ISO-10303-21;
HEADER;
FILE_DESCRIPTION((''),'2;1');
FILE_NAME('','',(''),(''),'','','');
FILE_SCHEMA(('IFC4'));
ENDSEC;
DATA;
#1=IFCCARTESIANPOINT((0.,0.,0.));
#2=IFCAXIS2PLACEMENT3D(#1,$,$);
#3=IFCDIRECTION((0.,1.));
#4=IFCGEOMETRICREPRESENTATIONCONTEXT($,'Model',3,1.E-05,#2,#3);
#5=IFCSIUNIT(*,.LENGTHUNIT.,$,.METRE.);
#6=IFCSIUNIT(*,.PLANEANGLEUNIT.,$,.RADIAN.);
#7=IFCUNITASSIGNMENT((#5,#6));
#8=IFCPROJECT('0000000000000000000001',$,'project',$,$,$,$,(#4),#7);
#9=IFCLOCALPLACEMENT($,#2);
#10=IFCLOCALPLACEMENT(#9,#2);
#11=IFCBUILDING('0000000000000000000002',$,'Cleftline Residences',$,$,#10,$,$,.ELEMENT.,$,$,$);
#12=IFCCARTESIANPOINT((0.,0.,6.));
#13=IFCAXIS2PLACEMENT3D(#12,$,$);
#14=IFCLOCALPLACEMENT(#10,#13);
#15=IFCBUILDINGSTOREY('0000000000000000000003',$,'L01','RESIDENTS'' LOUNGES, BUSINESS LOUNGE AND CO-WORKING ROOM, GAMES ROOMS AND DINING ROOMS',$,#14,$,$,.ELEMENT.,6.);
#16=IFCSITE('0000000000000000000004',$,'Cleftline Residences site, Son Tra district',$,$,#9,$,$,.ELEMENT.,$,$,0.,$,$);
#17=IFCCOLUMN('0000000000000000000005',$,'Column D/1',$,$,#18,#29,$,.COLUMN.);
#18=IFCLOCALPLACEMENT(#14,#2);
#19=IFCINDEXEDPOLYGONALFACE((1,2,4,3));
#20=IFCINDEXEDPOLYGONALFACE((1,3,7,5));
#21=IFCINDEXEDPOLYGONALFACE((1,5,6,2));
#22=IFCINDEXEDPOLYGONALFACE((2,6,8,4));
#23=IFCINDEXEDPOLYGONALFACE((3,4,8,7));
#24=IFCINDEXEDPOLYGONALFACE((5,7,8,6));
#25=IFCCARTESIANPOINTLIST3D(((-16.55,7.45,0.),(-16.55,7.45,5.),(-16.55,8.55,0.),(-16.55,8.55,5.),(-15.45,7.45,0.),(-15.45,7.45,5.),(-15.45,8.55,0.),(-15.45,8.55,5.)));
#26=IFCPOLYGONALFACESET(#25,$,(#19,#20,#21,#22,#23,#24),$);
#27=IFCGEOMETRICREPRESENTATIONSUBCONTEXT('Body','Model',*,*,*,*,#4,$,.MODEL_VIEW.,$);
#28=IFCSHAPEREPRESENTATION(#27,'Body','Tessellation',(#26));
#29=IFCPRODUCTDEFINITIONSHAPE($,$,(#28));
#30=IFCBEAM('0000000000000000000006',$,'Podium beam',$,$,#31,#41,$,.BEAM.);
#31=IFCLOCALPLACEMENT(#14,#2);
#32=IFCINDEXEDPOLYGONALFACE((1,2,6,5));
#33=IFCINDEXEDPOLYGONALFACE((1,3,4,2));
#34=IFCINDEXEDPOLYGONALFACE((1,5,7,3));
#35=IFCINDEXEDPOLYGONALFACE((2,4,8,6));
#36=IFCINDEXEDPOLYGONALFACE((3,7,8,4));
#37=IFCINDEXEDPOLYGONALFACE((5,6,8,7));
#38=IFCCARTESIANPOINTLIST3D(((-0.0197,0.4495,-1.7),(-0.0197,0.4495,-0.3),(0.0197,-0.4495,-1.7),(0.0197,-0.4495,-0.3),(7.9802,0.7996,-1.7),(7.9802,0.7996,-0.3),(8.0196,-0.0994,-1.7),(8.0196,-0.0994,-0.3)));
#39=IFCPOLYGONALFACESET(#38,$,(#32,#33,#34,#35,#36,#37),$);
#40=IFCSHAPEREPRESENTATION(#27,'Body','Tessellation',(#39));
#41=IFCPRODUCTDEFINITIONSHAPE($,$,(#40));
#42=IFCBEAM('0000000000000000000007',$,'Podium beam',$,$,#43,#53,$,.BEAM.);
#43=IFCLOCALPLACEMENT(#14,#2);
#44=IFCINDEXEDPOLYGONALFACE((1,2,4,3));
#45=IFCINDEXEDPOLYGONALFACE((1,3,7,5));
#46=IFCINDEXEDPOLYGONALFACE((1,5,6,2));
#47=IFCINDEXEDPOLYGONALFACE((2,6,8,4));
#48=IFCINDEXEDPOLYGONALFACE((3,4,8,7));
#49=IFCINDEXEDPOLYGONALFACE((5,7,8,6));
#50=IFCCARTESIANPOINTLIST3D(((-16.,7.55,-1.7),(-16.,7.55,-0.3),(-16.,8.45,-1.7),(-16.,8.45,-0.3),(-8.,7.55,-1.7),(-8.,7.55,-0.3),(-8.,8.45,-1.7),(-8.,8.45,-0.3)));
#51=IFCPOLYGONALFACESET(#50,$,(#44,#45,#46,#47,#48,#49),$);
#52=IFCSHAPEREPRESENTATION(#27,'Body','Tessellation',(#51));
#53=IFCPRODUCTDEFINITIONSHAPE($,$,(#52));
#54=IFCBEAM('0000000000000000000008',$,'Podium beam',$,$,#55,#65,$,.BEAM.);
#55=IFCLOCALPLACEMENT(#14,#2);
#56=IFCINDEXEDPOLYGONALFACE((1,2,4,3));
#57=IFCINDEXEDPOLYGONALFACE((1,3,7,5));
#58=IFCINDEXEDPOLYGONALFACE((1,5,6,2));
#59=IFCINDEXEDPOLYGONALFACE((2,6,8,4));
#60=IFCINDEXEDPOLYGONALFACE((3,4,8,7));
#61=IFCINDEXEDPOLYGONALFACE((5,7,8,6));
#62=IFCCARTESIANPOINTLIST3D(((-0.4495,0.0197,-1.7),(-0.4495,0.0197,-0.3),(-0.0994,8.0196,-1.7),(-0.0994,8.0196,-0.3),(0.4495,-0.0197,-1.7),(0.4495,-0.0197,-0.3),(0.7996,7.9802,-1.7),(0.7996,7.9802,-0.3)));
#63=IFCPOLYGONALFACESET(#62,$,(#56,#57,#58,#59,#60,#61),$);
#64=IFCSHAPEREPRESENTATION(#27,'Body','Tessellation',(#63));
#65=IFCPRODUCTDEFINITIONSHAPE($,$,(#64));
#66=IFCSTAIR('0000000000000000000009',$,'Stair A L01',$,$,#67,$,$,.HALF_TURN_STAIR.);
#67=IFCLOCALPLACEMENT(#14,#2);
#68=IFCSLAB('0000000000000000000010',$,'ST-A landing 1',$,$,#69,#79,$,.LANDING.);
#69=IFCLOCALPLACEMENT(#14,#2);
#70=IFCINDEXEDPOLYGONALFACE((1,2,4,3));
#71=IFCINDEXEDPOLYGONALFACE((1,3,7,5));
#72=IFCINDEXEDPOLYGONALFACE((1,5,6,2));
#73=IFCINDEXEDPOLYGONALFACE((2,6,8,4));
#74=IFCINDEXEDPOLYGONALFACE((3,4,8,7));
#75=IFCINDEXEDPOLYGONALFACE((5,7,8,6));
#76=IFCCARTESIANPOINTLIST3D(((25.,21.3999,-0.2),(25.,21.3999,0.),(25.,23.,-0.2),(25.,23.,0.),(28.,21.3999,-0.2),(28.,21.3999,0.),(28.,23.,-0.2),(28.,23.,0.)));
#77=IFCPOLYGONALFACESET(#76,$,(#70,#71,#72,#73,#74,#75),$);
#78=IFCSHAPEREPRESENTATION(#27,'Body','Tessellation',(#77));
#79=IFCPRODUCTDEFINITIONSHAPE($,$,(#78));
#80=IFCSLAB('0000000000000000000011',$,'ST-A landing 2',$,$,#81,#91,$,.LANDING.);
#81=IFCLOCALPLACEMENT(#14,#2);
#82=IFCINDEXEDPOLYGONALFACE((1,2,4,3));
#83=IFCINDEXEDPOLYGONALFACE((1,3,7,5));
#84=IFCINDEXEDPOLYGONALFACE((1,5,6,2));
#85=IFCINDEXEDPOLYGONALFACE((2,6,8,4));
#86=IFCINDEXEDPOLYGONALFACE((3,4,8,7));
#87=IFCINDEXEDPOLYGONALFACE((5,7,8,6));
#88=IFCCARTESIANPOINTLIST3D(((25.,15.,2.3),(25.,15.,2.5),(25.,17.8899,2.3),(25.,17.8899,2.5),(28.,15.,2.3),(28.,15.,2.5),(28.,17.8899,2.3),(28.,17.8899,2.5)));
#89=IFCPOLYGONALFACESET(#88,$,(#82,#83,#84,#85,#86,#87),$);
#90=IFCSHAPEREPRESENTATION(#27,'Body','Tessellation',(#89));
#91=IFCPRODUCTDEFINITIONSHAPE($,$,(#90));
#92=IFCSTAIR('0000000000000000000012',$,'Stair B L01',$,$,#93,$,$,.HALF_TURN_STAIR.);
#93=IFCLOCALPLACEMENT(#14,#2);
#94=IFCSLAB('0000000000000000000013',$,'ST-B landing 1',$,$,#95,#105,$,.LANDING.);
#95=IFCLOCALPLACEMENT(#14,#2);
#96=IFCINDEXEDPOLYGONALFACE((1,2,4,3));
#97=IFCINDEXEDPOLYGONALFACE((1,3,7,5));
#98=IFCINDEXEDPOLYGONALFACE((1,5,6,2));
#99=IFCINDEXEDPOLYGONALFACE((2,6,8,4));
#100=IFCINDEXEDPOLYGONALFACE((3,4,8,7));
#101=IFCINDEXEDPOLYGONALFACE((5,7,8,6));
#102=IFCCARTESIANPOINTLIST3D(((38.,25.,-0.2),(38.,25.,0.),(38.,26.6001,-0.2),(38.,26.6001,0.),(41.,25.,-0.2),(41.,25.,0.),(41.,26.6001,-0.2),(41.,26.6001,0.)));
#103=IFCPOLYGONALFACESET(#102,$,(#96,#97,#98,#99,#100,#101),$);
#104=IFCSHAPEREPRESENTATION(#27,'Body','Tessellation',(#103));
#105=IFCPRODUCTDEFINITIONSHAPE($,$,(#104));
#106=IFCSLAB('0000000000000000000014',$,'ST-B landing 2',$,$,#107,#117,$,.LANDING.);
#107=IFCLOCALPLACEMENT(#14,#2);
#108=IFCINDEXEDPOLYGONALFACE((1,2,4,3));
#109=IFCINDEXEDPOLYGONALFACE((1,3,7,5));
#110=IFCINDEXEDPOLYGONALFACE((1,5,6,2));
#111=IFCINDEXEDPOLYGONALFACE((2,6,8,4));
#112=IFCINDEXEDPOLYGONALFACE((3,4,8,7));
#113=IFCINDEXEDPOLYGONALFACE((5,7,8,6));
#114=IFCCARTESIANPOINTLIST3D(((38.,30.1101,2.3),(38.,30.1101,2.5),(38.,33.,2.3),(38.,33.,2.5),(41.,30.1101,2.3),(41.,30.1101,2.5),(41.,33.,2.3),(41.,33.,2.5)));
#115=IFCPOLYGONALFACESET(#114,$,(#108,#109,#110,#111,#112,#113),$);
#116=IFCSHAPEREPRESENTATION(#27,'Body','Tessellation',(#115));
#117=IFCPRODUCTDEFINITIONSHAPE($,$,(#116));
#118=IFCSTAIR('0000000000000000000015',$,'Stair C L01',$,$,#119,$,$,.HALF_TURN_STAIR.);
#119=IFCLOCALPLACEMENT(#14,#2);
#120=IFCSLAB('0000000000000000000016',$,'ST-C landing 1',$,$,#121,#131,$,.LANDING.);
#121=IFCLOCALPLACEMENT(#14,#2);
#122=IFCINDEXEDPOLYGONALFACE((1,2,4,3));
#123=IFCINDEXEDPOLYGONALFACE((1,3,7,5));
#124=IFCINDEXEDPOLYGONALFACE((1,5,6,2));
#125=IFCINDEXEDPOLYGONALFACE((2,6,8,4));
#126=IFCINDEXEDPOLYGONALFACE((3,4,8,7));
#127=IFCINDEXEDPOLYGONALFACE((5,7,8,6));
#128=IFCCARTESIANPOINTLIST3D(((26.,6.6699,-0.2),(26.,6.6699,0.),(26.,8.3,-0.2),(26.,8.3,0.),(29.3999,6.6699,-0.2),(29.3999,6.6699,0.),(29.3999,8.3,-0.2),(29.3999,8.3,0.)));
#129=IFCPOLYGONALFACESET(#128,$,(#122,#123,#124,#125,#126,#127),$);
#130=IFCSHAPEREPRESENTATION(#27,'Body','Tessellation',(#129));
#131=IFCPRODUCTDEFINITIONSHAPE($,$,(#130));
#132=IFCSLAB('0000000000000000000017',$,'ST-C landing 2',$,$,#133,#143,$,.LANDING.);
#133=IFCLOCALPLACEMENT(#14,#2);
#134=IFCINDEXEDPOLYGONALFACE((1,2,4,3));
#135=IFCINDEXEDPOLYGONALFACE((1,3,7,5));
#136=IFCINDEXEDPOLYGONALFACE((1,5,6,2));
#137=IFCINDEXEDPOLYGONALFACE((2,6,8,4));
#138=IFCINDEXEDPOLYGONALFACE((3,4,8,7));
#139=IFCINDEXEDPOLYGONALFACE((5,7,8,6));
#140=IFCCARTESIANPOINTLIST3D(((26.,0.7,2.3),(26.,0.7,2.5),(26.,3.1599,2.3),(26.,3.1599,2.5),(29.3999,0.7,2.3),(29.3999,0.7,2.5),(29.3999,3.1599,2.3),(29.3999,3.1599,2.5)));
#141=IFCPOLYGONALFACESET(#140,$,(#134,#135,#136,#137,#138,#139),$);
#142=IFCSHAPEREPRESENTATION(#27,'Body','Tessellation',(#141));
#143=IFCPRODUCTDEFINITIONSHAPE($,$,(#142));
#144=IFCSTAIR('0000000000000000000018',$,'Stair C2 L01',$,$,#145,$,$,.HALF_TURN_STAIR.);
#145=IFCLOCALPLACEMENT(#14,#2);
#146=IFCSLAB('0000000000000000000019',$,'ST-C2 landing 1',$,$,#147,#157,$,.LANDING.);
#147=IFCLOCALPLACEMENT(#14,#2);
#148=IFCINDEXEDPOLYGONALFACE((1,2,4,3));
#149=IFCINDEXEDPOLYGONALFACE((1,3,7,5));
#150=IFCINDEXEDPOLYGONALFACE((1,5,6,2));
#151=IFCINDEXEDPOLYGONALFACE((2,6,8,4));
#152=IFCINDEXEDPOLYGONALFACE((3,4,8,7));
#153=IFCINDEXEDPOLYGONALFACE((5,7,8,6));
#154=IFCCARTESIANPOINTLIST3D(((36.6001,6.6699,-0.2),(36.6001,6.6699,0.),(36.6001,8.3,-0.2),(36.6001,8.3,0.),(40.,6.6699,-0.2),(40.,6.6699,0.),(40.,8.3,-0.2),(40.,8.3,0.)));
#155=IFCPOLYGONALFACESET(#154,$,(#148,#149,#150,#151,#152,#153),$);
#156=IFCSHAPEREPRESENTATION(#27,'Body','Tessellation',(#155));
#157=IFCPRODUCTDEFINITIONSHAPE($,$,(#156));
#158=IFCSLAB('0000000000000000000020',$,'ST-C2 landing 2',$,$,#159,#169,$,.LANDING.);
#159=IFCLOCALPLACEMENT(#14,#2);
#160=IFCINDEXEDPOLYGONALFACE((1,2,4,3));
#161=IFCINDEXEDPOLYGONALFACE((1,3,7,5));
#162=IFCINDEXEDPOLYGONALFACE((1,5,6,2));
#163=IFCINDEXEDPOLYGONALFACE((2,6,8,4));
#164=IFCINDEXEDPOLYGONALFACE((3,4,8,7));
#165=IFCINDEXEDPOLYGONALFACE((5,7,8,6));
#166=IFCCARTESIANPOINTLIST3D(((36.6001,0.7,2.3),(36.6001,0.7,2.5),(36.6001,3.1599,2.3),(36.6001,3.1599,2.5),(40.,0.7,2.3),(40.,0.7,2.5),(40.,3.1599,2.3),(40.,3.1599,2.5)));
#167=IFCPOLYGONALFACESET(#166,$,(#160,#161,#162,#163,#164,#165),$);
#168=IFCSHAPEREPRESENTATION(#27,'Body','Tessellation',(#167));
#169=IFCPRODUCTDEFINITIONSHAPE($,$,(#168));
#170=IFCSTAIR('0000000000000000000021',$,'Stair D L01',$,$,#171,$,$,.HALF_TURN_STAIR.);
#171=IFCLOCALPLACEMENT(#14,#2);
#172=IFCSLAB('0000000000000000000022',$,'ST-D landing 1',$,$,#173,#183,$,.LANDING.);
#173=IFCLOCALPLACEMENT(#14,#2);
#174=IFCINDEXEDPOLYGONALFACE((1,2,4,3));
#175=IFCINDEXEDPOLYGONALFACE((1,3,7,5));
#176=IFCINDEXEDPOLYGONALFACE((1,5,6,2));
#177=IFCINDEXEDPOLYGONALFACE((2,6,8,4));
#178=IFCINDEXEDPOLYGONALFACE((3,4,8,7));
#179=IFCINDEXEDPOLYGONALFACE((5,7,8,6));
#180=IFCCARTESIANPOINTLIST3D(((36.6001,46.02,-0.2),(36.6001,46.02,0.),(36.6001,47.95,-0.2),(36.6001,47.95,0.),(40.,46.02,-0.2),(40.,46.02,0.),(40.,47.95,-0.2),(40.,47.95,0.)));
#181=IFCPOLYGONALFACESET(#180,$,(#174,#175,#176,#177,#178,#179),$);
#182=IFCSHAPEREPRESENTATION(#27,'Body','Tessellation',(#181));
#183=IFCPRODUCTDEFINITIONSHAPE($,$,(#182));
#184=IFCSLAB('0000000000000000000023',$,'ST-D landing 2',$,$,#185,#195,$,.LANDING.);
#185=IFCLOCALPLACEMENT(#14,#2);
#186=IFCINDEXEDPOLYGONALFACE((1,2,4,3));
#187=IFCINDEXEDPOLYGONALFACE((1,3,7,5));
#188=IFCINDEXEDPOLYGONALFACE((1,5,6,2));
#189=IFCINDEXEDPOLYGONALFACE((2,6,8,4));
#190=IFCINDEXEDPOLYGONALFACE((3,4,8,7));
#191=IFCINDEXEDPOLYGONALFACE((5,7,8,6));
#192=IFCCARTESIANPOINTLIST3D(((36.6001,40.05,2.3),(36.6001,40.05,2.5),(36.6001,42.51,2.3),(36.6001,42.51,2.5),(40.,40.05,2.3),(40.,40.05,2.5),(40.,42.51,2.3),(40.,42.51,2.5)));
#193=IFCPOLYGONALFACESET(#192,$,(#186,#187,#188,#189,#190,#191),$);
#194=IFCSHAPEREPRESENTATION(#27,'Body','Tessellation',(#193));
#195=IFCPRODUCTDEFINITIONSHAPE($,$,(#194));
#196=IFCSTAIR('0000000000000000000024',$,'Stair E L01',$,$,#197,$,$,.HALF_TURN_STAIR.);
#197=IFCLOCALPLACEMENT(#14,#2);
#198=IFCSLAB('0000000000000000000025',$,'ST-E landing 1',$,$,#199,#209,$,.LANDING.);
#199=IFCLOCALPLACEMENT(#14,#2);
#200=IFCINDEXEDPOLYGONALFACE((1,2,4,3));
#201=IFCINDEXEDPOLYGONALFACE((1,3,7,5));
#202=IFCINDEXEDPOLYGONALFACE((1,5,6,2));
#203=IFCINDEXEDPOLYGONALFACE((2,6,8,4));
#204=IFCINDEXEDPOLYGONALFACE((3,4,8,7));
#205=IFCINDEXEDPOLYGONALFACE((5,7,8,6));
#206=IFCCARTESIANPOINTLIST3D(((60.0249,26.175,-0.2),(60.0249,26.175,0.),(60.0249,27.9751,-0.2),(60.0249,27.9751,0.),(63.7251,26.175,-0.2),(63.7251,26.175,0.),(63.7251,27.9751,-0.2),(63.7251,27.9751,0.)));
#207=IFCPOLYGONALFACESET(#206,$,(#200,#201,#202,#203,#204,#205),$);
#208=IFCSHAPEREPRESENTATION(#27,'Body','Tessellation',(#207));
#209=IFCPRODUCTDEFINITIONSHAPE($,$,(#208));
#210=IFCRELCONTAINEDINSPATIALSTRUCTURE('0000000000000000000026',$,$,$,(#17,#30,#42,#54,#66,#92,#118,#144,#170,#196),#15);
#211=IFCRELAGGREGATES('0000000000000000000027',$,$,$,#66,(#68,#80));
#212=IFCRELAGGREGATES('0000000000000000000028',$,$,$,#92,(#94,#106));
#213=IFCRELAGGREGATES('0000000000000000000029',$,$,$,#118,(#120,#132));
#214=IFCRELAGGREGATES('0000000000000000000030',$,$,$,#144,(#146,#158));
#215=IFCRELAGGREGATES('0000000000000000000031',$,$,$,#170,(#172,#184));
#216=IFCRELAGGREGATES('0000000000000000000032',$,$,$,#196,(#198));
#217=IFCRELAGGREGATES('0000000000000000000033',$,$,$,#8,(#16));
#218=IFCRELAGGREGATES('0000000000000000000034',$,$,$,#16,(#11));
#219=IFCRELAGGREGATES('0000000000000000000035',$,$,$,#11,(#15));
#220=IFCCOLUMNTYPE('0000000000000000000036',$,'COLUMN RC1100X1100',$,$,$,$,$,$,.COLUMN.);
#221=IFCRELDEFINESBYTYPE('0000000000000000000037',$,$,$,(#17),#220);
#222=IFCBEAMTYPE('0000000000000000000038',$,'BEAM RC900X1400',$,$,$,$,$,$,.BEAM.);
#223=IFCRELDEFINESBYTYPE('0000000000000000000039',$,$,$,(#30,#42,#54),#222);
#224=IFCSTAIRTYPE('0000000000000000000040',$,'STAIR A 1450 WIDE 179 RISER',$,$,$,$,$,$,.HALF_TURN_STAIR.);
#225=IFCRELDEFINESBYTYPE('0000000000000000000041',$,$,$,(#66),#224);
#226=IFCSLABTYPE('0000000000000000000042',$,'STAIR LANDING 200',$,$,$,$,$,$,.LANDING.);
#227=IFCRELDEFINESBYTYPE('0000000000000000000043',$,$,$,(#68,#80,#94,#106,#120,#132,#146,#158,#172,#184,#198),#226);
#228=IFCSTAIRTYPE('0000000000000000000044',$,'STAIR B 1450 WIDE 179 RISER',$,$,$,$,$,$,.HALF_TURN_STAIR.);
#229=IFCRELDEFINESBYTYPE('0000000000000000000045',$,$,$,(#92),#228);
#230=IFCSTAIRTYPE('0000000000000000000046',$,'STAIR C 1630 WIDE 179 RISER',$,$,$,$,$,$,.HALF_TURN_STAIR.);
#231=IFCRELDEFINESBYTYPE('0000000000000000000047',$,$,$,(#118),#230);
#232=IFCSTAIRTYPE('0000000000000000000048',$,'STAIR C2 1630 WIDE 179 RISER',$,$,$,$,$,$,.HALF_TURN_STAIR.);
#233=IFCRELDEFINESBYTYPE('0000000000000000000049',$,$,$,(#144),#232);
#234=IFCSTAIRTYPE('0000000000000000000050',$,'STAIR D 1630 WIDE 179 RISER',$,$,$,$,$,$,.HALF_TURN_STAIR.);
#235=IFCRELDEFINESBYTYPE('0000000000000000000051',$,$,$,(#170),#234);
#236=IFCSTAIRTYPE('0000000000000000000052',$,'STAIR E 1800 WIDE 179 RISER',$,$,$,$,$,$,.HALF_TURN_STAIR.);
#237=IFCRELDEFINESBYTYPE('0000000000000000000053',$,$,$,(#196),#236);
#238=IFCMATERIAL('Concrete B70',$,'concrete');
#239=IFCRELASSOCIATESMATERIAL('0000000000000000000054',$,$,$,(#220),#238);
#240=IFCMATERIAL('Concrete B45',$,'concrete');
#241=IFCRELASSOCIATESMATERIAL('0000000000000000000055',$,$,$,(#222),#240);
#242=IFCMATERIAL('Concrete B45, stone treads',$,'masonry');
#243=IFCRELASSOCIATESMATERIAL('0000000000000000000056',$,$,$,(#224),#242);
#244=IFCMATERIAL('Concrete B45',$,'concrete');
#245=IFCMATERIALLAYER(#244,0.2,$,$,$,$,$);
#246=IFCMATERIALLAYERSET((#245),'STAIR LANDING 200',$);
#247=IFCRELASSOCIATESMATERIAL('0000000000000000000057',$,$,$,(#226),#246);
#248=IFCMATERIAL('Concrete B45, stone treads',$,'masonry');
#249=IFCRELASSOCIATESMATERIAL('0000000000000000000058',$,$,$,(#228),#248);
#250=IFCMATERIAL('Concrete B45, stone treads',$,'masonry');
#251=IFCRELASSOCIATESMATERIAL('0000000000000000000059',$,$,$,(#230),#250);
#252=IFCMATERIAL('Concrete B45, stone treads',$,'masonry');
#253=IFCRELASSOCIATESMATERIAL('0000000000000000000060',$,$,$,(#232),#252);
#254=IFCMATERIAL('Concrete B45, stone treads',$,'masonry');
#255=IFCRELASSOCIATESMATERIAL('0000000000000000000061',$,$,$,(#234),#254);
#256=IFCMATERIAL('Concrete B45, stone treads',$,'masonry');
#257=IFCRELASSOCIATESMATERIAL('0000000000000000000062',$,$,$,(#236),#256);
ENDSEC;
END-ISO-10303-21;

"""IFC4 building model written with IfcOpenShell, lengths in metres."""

from ifc_helpers import new_model, si_unit, direction, frame, origin, origin_2d, place, context, subcontext, project, spatial, polyline, rectangle, outline, extrude, material, layer, layer_set, material_profile, profile_set, type_object, element, aggregate, save


model = new_model("IFC4")

# Units and contexts
model_context = context("Model", 3, precision=1e-05, world=origin(), true_north=direction((0.0, 1.0)))
body_context = subcontext(model_context, "Body", "Model", "MODEL_VIEW")
ifc_project = project(units=[si_unit("LENGTHUNIT", "METRE"), si_unit("PLANEANGLEUNIT", "RADIAN")], contexts=[model_context])

# Site, building, storey
site_placement = place(None, origin())
site = spatial("IfcSite", under=ifc_project, at=site_placement, Name="Cleftline Residences site, Son Tra district", CompositionType="ELEMENT", RefElevation=0.0)
building_placement = place(site_placement, origin())
building = spatial("IfcBuilding", under=site, at=building_placement, Name="Cleftline Residences", CompositionType="ELEMENT")
storey_placement = place(building_placement, frame((0.0, 0.0, 6.0)))
storey = spatial("IfcBuildingStorey", under=building, at=storey_placement, Name="L01", Description="RESIDENTS' LOUNGES, BUSINESS LOUNGE AND CO-WORKING ROOM, GAMES ROOMS AND DINING ROOMS", CompositionType="ELEMENT", Elevation=6.0)

# Column
ifc_material_1 = material(Name="Concrete B70", Category="concrete")
ifc_material_profile_1 = material_profile(ifc_material_1, rectangle(XDim=1.1001, YDim=1.1001, at=origin_2d()))
ifc_profile_set_1 = profile_set([ifc_material_profile_1], Name="Concrete B70")
column_type = type_object("IfcColumnType", Name="COLUMN RC1100X1100", PredefinedType="COLUMN", material=ifc_profile_set_1)
column_placement = place(storey_placement, frame((-16.0, 8.0, 0.0), z_axis=(0.0, 0.0, 1.0), x_axis=(1.0, 0.0, 0.0)))
element("IfcColumn", 1, at=column_placement, inside=storey, type_object=column_type, Name="Column D/1", PredefinedType="COLUMN", context=body_context, shape_type="SweptSolid", body=[
    extrude(rectangle(XDim=1.1001, YDim=1.1001, at=origin_2d()), origin(), (0.0, 0.0, 1.0), 5.0),
])

# Beams
ifc_material_2 = material(Name="Concrete B45", Category="concrete")
ifc_material_profile_2 = material_profile(ifc_material_2, rectangle(XDim=0.8999, YDim=1.3999, at=origin_2d()))
ifc_profile_set_2 = profile_set([ifc_material_profile_2], Name="Concrete B45")
beam_type = type_object("IfcBeamType", Name="BEAM RC900X1400", PredefinedType="BEAM", material=ifc_profile_set_2)
beam_1_placement = place(storey_placement, frame((0.0, 0.0, -1.0), z_axis=(0.999044, 0.04372, 0.0), x_axis=(-0.04372, 0.999044, 0.0)))
element("IfcBeam", 2, at=beam_1_placement, inside=storey, type_object=beam_type, Name="Podium beam", PredefinedType="BEAM", context=body_context, shape_type="SweptSolid", body=[
    extrude(rectangle(XDim=0.8999, YDim=1.3999, at=origin_2d()), origin(), (0.0, 0.0, 1.0), 8.0076),
])
beam_2_placement = place(storey_placement, frame((-16.0, 8.0, -1.0), z_axis=(1.0, 0.0, 0.0), x_axis=(0.0, 1.0, 0.0)))
element("IfcBeam", 3, at=beam_2_placement, inside=storey, type_object=beam_type, Name="Podium beam", PredefinedType="BEAM", context=body_context, shape_type="SweptSolid", body=[
    extrude(rectangle(XDim=0.8999, YDim=1.3999, at=origin_2d()), origin(), (0.0, 0.0, 1.0), 8.0),
])
beam_3_placement = place(storey_placement, frame((0.0, 0.0, -1.0), z_axis=(0.04372, 0.999044, 0.0), x_axis=(-0.999044, 0.04372, 0.0)))
element("IfcBeam", 4, at=beam_3_placement, inside=storey, type_object=beam_type, Name="Podium beam", PredefinedType="BEAM", context=body_context, shape_type="SweptSolid", body=[
    extrude(rectangle(XDim=0.8999, YDim=1.3999, at=origin_2d()), origin(), (0.0, 0.0, 1.0), 8.0076),
])

# Stairs, slabs
ifc_material_3 = material(Name="Concrete B45, stone treads", Category="masonry")
stair_type_1 = type_object("IfcStairType", Name="STAIR A 1450 WIDE 179 RISER", PredefinedType="HALF_TURN_STAIR", material=ifc_material_3)
stair_1_placement = place(storey_placement, origin())
stair_1 = element("IfcStair", 5, at=stair_1_placement, inside=storey, type_object=stair_type_1, Name="Stair A L01", PredefinedType="HALF_TURN_STAIR")
ifc_material_4 = material(Name="Concrete B45", Category="concrete")
ifc_layer = layer(ifc_material_4, 0.2)
ifc_layer_set = layer_set([ifc_layer], Name="STAIR LANDING 200")
slab_type = type_object("IfcSlabType", Name="STAIR LANDING 200", PredefinedType="LANDING", material=ifc_layer_set)
slab_1_placement = place(storey_placement, frame((0.0, 0.0, -0.2)))
slab_1 = element("IfcSlab", 6, at=slab_1_placement, type_object=slab_type, Name="ST-A landing 1", PredefinedType="LANDING", context=body_context, shape_type="SweptSolid", body=[
    extrude(outline(polyline([(25.0, 21.3999), (28.0, 21.3999), (28.0, 23.0), (25.0, 23.0), (25.0, 21.3999)])), origin(), (0.0, 0.0, 1.0), 0.2),
])
slab_2_placement = place(storey_placement, frame((0.0, 0.0, 2.3)))
slab_2 = element("IfcSlab", 7, at=slab_2_placement, type_object=slab_type, Name="ST-A landing 2", PredefinedType="LANDING", context=body_context, shape_type="SweptSolid", body=[
    extrude(outline(polyline([(25.0, 15.0), (28.0, 15.0), (28.0, 17.8899), (25.0, 17.8899), (25.0, 15.0)])), origin(), (0.0, 0.0, 1.0), 0.2),
])
aggregate(stair_1, [slab_1, slab_2])
ifc_material_5 = material(Name="Concrete B45, stone treads", Category="masonry")
stair_type_2 = type_object("IfcStairType", Name="STAIR B 1450 WIDE 179 RISER", PredefinedType="HALF_TURN_STAIR", material=ifc_material_5)
stair_2_placement = place(storey_placement, origin())
stair_2 = element("IfcStair", 8, at=stair_2_placement, inside=storey, type_object=stair_type_2, Name="Stair B L01", PredefinedType="HALF_TURN_STAIR")
slab_3_placement = place(storey_placement, frame((0.0, 0.0, -0.2)))
slab_3 = element("IfcSlab", 9, at=slab_3_placement, type_object=slab_type, Name="ST-B landing 1", PredefinedType="LANDING", context=body_context, shape_type="SweptSolid", body=[
    extrude(outline(polyline([(38.0, 25.0), (41.0, 25.0), (41.0, 26.6001), (38.0, 26.6001), (38.0, 25.0)])), origin(), (0.0, 0.0, 1.0), 0.2),
])
slab_4_placement = place(storey_placement, frame((0.0, 0.0, 2.3)))
slab_4 = element("IfcSlab", 10, at=slab_4_placement, type_object=slab_type, Name="ST-B landing 2", PredefinedType="LANDING", context=body_context, shape_type="SweptSolid", body=[
    extrude(outline(polyline([(38.0, 30.1101), (41.0, 30.1101), (41.0, 33.0), (38.0, 33.0), (38.0, 30.1101)])), origin(), (0.0, 0.0, 1.0), 0.2),
])
aggregate(stair_2, [slab_3, slab_4])
ifc_material_6 = material(Name="Concrete B45, stone treads", Category="masonry")
stair_type_3 = type_object("IfcStairType", Name="STAIR C 1630 WIDE 179 RISER", PredefinedType="HALF_TURN_STAIR", material=ifc_material_6)
stair_3_placement = place(storey_placement, origin())
stair_3 = element("IfcStair", 11, at=stair_3_placement, inside=storey, type_object=stair_type_3, Name="Stair C L01", PredefinedType="HALF_TURN_STAIR")
slab_5_placement = place(storey_placement, frame((0.0, 0.0, -0.2)))
slab_5 = element("IfcSlab", 12, at=slab_5_placement, type_object=slab_type, Name="ST-C landing 1", PredefinedType="LANDING", context=body_context, shape_type="SweptSolid", body=[
    extrude(outline(polyline([(26.0, 6.6699), (29.3999, 6.6699), (29.3999, 8.3), (26.0, 8.3), (26.0, 6.6699)])), origin(), (0.0, 0.0, 1.0), 0.2),
])
slab_6_placement = place(storey_placement, frame((0.0, 0.0, 2.3)))
slab_6 = element("IfcSlab", 13, at=slab_6_placement, type_object=slab_type, Name="ST-C landing 2", PredefinedType="LANDING", context=body_context, shape_type="SweptSolid", body=[
    extrude(outline(polyline([(26.0, 0.7), (29.3999, 0.7), (29.3999, 3.1599), (26.0, 3.1599), (26.0, 0.7)])), origin(), (0.0, 0.0, 1.0), 0.2),
])
aggregate(stair_3, [slab_5, slab_6])
ifc_material_7 = material(Name="Concrete B45, stone treads", Category="masonry")
stair_type_4 = type_object("IfcStairType", Name="STAIR C2 1630 WIDE 179 RISER", PredefinedType="HALF_TURN_STAIR", material=ifc_material_7)
stair_4_placement = place(storey_placement, origin())
stair_4 = element("IfcStair", 14, at=stair_4_placement, inside=storey, type_object=stair_type_4, Name="Stair C2 L01", PredefinedType="HALF_TURN_STAIR")
slab_7_placement = place(storey_placement, frame((0.0, 0.0, -0.2)))
slab_7 = element("IfcSlab", 15, at=slab_7_placement, type_object=slab_type, Name="ST-C2 landing 1", PredefinedType="LANDING", context=body_context, shape_type="SweptSolid", body=[
    extrude(outline(polyline([(36.6001, 6.6699), (40.0, 6.6699), (40.0, 8.3), (36.6001, 8.3), (36.6001, 6.6699)])), origin(), (0.0, 0.0, 1.0), 0.2),
])
slab_8_placement = place(storey_placement, frame((0.0, 0.0, 2.3)))
slab_8 = element("IfcSlab", 16, at=slab_8_placement, type_object=slab_type, Name="ST-C2 landing 2", PredefinedType="LANDING", context=body_context, shape_type="SweptSolid", body=[
    extrude(outline(polyline([(36.6001, 0.7), (40.0, 0.7), (40.0, 3.1599), (36.6001, 3.1599), (36.6001, 0.7)])), origin(), (0.0, 0.0, 1.0), 0.2),
])
aggregate(stair_4, [slab_7, slab_8])
ifc_material_8 = material(Name="Concrete B45, stone treads", Category="masonry")
stair_type_5 = type_object("IfcStairType", Name="STAIR D 1630 WIDE 179 RISER", PredefinedType="HALF_TURN_STAIR", material=ifc_material_8)
stair_5_placement = place(storey_placement, origin())
stair_5 = element("IfcStair", 17, at=stair_5_placement, inside=storey, type_object=stair_type_5, Name="Stair D L01", PredefinedType="HALF_TURN_STAIR")
slab_9_placement = place(storey_placement, frame((0.0, 0.0, -0.2)))
slab_9 = element("IfcSlab", 18, at=slab_9_placement, type_object=slab_type, Name="ST-D landing 1", PredefinedType="LANDING", context=body_context, shape_type="SweptSolid", body=[
    extrude(outline(polyline([(36.6001, 46.02), (40.0, 46.02), (40.0, 47.95), (36.6001, 47.95), (36.6001, 46.02)])), origin(), (0.0, 0.0, 1.0), 0.2),
])
slab_10_placement = place(storey_placement, frame((0.0, 0.0, 2.3)))
slab_10 = element("IfcSlab", 19, at=slab_10_placement, type_object=slab_type, Name="ST-D landing 2", PredefinedType="LANDING", context=body_context, shape_type="SweptSolid", body=[
    extrude(outline(polyline([(36.6001, 40.05), (40.0, 40.05), (40.0, 42.51), (36.6001, 42.51), (36.6001, 40.05)])), origin(), (0.0, 0.0, 1.0), 0.2),
])
aggregate(stair_5, [slab_9, slab_10])
ifc_material_9 = material(Name="Concrete B45, stone treads", Category="masonry")
stair_type_6 = type_object("IfcStairType", Name="STAIR E 1800 WIDE 179 RISER", PredefinedType="HALF_TURN_STAIR", material=ifc_material_9)
stair_6_placement = place(storey_placement, origin())
stair_6 = element("IfcStair", 20, at=stair_6_placement, inside=storey, type_object=stair_type_6, Name="Stair E L01", PredefinedType="HALF_TURN_STAIR")
slab_11_placement = place(storey_placement, frame((0.0, 0.0, -0.2)))
slab_11 = element("IfcSlab", 21, at=slab_11_placement, type_object=slab_type, Name="ST-E landing 1", PredefinedType="LANDING", context=body_context, shape_type="SweptSolid", body=[
    extrude(outline(polyline([(60.0249, 26.175), (63.7251, 26.175), (63.7251, 27.9751), (60.0249, 27.9751), (60.0249, 26.175)])), origin(), (0.0, 0.0, 1.0), 0.2),
])
aggregate(stair_6, [slab_11])

save(model, "model.ifc")
